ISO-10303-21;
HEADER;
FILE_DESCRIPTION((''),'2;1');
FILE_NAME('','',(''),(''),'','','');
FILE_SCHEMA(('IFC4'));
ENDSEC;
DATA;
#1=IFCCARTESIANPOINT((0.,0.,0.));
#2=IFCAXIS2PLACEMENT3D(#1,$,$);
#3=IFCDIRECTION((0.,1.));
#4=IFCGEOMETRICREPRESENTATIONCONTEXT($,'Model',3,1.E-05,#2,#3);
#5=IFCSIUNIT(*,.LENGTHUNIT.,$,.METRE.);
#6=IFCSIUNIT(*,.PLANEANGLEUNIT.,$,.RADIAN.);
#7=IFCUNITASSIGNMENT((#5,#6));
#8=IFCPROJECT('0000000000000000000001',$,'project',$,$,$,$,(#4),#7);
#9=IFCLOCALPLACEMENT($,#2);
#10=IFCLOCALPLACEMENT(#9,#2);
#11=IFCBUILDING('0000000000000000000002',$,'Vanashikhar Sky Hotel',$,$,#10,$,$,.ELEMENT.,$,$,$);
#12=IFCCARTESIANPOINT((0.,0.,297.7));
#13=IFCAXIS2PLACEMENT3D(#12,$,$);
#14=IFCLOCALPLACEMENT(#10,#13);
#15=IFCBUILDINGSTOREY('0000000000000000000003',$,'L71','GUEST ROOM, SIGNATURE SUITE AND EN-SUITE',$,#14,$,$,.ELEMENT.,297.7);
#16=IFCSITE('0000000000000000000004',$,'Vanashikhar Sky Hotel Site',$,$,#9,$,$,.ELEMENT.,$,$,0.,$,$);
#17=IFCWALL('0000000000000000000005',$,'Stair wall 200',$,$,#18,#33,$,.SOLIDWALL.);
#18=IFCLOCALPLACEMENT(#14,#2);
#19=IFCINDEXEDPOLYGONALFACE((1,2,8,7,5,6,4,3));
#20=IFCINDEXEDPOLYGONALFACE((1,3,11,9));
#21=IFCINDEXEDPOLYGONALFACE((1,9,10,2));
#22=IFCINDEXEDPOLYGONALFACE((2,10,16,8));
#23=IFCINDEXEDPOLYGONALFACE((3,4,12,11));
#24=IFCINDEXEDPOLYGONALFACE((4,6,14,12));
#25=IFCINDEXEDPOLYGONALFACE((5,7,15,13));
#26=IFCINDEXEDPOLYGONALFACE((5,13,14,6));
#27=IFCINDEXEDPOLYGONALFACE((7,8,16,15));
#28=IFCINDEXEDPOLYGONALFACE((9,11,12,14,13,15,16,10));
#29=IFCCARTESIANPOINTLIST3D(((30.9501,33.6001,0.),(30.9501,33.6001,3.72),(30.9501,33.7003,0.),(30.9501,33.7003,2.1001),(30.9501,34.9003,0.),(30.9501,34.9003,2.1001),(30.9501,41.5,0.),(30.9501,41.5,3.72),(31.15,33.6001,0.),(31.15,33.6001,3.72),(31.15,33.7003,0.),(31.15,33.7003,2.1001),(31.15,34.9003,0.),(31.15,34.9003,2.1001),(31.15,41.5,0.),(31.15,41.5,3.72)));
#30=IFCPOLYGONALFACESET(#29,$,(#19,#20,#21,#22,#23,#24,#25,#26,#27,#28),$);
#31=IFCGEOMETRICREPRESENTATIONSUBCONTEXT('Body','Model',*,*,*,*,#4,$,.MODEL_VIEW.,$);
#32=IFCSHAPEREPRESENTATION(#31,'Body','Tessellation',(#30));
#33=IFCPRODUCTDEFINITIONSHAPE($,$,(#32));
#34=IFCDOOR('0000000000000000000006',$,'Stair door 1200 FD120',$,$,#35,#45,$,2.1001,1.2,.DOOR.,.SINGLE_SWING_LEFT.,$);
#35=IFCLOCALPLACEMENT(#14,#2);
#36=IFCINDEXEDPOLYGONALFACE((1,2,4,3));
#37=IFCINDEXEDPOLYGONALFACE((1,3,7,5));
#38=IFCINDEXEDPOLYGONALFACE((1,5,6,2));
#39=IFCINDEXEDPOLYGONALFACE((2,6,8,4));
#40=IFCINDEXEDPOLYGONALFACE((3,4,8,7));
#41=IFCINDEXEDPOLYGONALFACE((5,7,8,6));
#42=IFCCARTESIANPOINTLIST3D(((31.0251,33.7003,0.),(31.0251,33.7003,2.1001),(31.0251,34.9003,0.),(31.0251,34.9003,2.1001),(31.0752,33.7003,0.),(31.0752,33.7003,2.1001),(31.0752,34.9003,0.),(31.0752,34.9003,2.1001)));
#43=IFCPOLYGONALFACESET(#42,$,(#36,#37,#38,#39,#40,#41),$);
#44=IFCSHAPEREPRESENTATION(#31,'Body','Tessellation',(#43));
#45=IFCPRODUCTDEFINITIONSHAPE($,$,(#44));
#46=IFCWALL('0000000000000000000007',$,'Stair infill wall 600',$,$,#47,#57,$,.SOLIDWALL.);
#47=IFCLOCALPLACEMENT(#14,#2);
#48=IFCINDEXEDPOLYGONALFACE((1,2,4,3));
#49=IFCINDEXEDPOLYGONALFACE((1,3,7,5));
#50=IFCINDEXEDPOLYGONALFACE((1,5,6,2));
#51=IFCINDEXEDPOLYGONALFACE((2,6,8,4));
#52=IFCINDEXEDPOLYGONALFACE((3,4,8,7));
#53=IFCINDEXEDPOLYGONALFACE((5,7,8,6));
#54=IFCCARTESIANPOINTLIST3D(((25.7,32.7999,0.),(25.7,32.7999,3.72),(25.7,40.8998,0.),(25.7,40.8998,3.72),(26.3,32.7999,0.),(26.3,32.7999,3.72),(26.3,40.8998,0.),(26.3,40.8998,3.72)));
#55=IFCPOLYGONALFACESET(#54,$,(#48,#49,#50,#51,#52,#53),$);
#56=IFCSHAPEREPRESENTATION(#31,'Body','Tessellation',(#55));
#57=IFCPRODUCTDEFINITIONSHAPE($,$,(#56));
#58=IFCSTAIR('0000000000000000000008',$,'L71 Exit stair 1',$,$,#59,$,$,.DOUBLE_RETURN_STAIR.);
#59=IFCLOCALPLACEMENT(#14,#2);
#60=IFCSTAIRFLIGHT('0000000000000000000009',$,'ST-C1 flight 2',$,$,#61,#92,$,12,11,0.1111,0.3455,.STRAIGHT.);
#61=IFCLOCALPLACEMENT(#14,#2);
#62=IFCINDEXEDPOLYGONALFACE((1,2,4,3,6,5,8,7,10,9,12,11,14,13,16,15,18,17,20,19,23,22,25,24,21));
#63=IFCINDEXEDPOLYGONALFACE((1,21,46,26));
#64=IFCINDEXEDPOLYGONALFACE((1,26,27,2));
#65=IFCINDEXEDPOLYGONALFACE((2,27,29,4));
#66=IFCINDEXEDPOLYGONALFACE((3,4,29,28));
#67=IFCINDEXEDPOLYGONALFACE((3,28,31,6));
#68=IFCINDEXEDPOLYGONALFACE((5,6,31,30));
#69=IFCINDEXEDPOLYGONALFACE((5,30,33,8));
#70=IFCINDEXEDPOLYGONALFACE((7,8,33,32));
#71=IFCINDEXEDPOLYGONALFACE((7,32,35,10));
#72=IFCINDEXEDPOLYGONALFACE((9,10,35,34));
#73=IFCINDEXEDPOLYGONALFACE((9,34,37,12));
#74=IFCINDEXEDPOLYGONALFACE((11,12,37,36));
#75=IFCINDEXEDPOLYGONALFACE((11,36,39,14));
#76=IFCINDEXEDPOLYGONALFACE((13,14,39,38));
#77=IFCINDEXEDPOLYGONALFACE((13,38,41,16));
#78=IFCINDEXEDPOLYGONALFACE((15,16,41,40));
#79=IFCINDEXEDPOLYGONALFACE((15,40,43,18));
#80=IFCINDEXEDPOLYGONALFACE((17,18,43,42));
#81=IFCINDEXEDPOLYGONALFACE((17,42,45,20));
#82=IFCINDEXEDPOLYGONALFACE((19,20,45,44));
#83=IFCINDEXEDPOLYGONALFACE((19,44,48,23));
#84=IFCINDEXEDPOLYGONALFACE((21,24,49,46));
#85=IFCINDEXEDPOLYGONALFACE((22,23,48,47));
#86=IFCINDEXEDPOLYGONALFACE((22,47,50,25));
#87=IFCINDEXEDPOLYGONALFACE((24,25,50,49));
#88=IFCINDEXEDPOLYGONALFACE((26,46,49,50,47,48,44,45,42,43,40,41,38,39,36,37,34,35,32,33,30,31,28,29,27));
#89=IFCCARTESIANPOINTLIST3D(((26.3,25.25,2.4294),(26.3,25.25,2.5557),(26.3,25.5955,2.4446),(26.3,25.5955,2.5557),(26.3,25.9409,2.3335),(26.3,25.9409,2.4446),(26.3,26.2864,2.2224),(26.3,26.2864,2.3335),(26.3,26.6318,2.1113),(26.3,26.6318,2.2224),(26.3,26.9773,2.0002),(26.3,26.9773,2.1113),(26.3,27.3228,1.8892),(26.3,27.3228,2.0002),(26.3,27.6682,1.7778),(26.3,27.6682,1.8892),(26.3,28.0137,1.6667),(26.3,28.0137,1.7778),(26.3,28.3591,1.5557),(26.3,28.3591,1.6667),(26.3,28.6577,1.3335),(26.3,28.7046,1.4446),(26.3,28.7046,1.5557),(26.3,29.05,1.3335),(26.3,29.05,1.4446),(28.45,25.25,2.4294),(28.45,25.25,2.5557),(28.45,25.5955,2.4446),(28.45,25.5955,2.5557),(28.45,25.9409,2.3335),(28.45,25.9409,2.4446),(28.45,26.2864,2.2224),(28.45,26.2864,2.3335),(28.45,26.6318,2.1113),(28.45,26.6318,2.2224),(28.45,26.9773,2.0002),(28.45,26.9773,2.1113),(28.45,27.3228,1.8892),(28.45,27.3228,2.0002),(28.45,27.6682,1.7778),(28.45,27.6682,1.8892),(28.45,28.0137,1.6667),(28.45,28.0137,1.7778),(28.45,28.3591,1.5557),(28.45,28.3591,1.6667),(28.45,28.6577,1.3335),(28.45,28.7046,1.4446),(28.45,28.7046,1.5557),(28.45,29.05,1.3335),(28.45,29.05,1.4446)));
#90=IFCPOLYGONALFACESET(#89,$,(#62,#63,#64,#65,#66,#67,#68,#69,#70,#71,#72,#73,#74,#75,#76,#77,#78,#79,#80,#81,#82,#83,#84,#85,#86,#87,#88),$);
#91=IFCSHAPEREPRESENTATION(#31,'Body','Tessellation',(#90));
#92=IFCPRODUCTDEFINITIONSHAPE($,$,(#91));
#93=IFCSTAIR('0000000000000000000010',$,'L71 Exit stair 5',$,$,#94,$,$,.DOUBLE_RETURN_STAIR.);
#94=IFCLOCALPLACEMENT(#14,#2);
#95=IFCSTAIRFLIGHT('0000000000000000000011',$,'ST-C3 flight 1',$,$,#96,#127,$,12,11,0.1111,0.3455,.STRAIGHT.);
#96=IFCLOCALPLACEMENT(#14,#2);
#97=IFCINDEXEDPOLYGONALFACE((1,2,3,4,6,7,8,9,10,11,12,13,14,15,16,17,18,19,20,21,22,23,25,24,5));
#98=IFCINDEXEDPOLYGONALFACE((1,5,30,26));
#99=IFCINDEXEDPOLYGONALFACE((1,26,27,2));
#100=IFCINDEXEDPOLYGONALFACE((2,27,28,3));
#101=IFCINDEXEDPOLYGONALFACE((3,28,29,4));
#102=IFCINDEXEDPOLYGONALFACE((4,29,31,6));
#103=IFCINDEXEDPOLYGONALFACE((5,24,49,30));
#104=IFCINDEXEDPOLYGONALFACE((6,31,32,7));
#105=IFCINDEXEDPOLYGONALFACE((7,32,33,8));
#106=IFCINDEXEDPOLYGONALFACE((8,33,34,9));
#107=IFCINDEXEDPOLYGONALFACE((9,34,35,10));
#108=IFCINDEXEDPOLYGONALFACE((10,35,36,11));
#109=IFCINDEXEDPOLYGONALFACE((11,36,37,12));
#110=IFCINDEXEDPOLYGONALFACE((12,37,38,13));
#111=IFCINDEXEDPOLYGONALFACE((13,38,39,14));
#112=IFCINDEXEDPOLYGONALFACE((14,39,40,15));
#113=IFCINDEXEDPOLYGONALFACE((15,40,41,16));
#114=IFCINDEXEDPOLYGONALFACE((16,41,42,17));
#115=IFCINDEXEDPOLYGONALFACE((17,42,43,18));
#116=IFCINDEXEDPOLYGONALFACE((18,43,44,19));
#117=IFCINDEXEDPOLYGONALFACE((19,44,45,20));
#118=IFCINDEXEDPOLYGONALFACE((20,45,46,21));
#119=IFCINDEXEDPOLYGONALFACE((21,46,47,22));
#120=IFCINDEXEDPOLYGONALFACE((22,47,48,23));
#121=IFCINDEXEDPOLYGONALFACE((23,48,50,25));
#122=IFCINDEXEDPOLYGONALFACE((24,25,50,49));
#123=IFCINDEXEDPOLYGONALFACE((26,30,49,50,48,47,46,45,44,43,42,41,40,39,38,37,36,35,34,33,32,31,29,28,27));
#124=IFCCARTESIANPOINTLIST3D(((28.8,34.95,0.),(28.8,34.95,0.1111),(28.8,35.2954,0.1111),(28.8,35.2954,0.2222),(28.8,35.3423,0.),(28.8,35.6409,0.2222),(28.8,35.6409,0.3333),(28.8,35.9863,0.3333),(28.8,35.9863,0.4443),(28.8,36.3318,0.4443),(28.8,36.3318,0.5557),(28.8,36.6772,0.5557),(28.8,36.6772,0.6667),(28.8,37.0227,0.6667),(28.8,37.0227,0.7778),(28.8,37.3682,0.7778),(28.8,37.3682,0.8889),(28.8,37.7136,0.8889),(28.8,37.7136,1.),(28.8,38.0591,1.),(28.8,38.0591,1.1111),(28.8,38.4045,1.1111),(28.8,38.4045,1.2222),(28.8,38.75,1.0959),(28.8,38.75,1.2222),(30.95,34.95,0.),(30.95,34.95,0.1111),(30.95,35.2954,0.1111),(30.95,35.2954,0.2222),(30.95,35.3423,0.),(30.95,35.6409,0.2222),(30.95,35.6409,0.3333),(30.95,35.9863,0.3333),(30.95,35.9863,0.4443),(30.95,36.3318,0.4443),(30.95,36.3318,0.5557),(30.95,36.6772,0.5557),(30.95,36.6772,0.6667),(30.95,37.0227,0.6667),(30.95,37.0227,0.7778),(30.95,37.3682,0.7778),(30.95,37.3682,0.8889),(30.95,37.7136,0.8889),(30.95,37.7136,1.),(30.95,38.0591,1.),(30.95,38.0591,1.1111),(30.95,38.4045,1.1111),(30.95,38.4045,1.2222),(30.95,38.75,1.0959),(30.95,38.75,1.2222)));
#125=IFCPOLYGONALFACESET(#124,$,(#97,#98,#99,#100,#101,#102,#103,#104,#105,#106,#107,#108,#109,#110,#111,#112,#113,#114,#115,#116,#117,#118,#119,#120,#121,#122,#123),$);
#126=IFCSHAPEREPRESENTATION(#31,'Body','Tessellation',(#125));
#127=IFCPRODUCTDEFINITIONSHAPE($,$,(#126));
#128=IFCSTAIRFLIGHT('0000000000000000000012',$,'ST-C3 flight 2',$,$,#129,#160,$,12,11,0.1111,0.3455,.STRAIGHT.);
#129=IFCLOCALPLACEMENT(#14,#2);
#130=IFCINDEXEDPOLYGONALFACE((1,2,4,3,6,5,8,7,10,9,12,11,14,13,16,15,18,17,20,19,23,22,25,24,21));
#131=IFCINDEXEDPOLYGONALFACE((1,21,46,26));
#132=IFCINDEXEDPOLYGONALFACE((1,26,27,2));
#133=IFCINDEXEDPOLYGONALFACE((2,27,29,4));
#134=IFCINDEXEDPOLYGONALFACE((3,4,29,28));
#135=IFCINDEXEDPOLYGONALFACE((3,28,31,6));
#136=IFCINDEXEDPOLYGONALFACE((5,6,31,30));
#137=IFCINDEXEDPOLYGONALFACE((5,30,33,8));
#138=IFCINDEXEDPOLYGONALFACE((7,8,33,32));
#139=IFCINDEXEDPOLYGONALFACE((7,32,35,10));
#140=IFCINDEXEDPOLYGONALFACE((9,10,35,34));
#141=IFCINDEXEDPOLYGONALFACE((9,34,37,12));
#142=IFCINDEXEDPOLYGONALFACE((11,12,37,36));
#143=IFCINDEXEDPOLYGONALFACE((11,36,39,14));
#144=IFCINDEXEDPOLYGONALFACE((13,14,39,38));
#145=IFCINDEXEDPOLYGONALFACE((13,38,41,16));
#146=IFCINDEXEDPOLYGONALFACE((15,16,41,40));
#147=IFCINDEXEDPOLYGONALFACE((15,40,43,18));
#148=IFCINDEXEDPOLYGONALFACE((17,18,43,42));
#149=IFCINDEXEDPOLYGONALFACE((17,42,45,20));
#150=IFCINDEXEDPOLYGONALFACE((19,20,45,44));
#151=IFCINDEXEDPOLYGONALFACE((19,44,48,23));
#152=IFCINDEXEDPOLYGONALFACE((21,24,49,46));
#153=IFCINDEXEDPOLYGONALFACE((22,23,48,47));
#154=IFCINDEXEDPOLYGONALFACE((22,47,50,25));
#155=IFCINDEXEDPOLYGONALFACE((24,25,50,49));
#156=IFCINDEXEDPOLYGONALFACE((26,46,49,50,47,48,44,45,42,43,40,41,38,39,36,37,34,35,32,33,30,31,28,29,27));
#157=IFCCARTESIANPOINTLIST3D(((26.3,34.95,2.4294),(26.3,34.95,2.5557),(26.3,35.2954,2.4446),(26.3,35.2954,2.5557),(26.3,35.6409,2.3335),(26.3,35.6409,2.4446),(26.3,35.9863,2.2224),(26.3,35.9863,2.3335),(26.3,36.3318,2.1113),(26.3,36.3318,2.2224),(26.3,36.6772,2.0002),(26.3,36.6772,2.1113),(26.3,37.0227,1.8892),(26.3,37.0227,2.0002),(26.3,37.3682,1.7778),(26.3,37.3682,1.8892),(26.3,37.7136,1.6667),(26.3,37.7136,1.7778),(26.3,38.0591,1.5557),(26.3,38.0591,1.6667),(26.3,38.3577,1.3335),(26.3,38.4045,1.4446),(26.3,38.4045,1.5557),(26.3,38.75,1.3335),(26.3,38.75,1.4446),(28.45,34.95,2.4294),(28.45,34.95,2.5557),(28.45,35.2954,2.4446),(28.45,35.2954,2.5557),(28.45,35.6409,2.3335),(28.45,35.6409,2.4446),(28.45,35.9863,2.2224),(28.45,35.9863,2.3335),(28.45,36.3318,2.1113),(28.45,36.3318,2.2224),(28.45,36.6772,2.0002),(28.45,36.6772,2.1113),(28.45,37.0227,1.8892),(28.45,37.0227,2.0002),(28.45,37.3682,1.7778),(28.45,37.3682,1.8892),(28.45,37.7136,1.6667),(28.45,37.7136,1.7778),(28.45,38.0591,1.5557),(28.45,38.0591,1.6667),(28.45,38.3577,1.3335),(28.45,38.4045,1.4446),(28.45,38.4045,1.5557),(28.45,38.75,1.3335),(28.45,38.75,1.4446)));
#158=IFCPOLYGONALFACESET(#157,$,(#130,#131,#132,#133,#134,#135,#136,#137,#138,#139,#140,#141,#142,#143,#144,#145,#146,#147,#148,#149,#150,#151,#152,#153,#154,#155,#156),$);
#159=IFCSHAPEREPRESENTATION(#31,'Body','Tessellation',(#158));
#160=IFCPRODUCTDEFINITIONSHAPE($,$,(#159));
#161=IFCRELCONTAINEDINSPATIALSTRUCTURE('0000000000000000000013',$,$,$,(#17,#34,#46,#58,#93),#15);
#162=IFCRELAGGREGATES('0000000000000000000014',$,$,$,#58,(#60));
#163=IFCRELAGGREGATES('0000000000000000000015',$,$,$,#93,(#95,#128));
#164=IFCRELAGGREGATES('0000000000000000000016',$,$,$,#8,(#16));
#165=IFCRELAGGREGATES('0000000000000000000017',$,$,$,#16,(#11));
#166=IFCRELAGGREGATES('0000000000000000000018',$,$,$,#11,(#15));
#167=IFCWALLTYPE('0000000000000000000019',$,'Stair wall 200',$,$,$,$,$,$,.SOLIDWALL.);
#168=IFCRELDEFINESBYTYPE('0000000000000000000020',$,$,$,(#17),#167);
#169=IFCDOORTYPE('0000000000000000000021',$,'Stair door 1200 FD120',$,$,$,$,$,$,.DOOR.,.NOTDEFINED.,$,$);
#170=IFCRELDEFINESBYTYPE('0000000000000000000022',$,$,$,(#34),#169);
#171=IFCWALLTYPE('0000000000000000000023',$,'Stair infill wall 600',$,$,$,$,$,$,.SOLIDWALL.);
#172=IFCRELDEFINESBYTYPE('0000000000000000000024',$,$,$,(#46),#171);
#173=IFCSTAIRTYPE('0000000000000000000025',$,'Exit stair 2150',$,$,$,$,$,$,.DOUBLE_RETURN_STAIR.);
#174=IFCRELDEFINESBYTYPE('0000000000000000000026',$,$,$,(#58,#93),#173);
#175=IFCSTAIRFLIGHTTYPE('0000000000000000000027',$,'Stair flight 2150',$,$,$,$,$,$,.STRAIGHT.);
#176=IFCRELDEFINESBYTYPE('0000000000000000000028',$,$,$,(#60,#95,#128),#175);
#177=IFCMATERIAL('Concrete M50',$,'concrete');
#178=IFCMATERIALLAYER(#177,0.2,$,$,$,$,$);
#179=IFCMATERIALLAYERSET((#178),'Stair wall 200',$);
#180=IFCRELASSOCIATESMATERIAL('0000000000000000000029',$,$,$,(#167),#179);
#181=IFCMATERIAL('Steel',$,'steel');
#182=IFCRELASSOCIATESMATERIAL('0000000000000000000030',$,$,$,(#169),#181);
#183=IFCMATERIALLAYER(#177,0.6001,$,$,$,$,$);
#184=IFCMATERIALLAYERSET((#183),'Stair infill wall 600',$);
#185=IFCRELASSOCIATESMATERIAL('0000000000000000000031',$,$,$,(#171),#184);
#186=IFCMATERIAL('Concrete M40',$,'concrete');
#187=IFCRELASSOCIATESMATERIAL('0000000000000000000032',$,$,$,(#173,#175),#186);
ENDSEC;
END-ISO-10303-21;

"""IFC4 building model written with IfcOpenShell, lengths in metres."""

from ifc_helpers import new_model, si_unit, direction, frame, frame_2d, origin, place, context, subcontext, project, spatial, polyline, rectangle, outline, extrude, source, transform, mapped, material, layer, layer_set, type_object, element, fill, aggregate, save


model = new_model("IFC4")

# Units and contexts
model_context = context("Model", 3, precision=1e-05, world=origin(), true_north=direction((0.0, 1.0)))
body_context = subcontext(model_context, "Body", "Model", "MODEL_VIEW")
ifc_project = project(units=[si_unit("LENGTHUNIT", "METRE"), si_unit("PLANEANGLEUNIT", "RADIAN")], contexts=[model_context])

# Site, building, storey
site_placement = place(None, origin())
site = spatial("IfcSite", under=ifc_project, at=site_placement, Name="Vanashikhar Sky Hotel Site", CompositionType="ELEMENT", RefElevation=0.0)
building_placement = place(site_placement, origin())
building = spatial("IfcBuilding", under=site, at=building_placement, Name="Vanashikhar Sky Hotel", CompositionType="ELEMENT")
storey_placement = place(building_placement, frame((0.0, 0.0, 297.7)))
storey = spatial("IfcBuildingStorey", under=building, at=storey_placement, Name="L71", Description="GUEST ROOM, SIGNATURE SUITE AND EN-SUITE", CompositionType="ELEMENT", Elevation=297.7)

# Shared definitions
ifc_material_1 = material(Name="Concrete M50", Category="concrete")
ifc_material_2 = material(Name="Steel", Category="steel")

# Shared definitions
ifc_material_3 = material(Name="Concrete M40", Category="concrete")

# Wall, opening, door
ifc_layer_1 = layer(ifc_material_1, 0.2)
ifc_layer_set_1 = layer_set([ifc_layer_1], Name="Stair wall 200")
wall_type_1 = type_object("IfcWallType", Name="Stair wall 200", PredefinedType="SOLIDWALL", material=ifc_layer_set_1)
shared_shape_1 = source(origin(), body_context, "Body", "SweptSolid", [
    extrude(rectangle(XDim=7.8999, YDim=0.2, at=frame_2d((3.95, 0.0))), origin(), (0.0, 0.0, 1.0), 3.72),
])
wall_1_placement = place(storey_placement, frame((31.05, 33.6001, 0.0), z_axis=(0.0, 0.0, 1.0), x_axis=(0.0, 1.0, 0.0)))
wall_1 = element("IfcWall", 1, at=wall_1_placement, inside=storey, type_object=wall_type_1, Name="Stair wall 200", PredefinedType="SOLIDWALL", context=body_context, shape_type="MappedRepresentation", body=[
    mapped(shared_shape_1, transform((0.0, 0.0, 0.0), scale=1.0)),
])
shared_shape_2 = source(origin(), body_context, "Body", "SweptSolid", [
    extrude(rectangle(XDim=1.2, YDim=2.1001, at=frame_2d((0.6001, 1.05))), frame((0.0, 0.1099, 0.0), z_axis=(0.0, -1.0, 0.0), x_axis=(1.0, 0.0, 0.0)), (0.0, 0.0, 1.0), 0.22),
])
opening_1_placement = place(wall_1_placement, frame((0.1001, 0.0, 0.0)))
opening_1 = element("IfcOpeningElement", 2, at=opening_1_placement, cuts=wall_1, PredefinedType="OPENING", context=body_context, shape_type="MappedRepresentation", body=[
    mapped(shared_shape_2, transform((0.0, 0.0, 0.0), scale=1.0)),
])
door_type_1 = type_object("IfcDoorType", Name="Stair door 1200 FD120", OperationType="NOTDEFINED", PredefinedType="DOOR", material=ifc_material_2)
shared_shape_3 = source(origin(), body_context, "Body", "SweptSolid", [
    extrude(rectangle(XDim=1.2, YDim=2.1001, at=frame_2d((0.6001, 1.05))), frame((0.0, 0.0249, 0.0), z_axis=(0.0, -1.0, 0.0), x_axis=(1.0, 0.0, 0.0)), (0.0, 0.0, 1.0), 0.05),
])
door_1_placement = place(opening_1_placement, origin())
door_1 = element("IfcDoor", 3, at=door_1_placement, inside=storey, type_object=door_type_1, Name="Stair door 1200 FD120", OperationType="SINGLE_SWING_LEFT", OverallHeight=2.1001, OverallWidth=1.2, PredefinedType="DOOR", context=body_context, shape_type="MappedRepresentation", body=[
    mapped(shared_shape_3, transform((0.0, 0.0, 0.0), scale=1.0)),
])
fill(opening_1, door_1)

# Wall
ifc_layer_2 = layer(ifc_material_1, 0.6001)
ifc_layer_set_2 = layer_set([ifc_layer_2], Name="Stair infill wall 600")
wall_type_2 = type_object("IfcWallType", Name="Stair infill wall 600", PredefinedType="SOLIDWALL", material=ifc_layer_set_2)
shared_shape_4 = source(origin(), body_context, "Body", "SweptSolid", [
    extrude(rectangle(XDim=8.0999, YDim=0.6001, at=frame_2d((4.0498, 0.0))), origin(), (0.0, 0.0, 1.0), 3.72),
])
wall_2_placement = place(storey_placement, frame((26.0, 32.8, 0.0), z_axis=(0.0, 0.0, 1.0), x_axis=(0.0, 1.0, 0.0)))
element("IfcWall", 4, at=wall_2_placement, inside=storey, type_object=wall_type_2, Name="Stair infill wall 600", PredefinedType="SOLIDWALL", context=body_context, shape_type="MappedRepresentation", body=[
    mapped(shared_shape_4, transform((0.0, 0.0, 0.0), scale=1.0)),
])

# Stair, stair flight
stair_type = type_object("IfcStairType", Name="Exit stair 2150", PredefinedType="DOUBLE_RETURN_STAIR", material=ifc_material_3)
stair_1_placement = place(storey_placement, origin())
stair_1 = element("IfcStair", 5, at=stair_1_placement, inside=storey, type_object=stair_type, Name="L71 Exit stair 1", PredefinedType="DOUBLE_RETURN_STAIR")
stair_flight_type = type_object("IfcStairFlightType", Name="Stair flight 2150", PredefinedType="STRAIGHT", material=ifc_material_3)
shared_shape_5 = source(origin(), body_context, "Body", "SweptSolid", [
    extrude(outline(polyline([(0.0, 0.0), (0.0, 0.1111), (0.3455, 0.1111), (0.3455, 0.2222), (0.6909, 0.2222), (0.6909, 0.3333), (1.0364, 0.3333), (1.0364, 0.4443), (1.3818, 0.4443), (1.3818, 0.5557), (1.7273, 0.5557), (1.7273, 0.6667), (2.0728, 0.6667), (2.0728, 0.7778), (2.4182, 0.7778), (2.4182, 0.8889), (2.7637, 0.8889), (2.7637, 1.0), (3.1091, 1.0), (3.1091, 1.1111), (3.4546, 1.1111), (3.4546, 1.2222), (3.8, 1.2222), (3.8, 1.3333), (3.8, 1.0959), (0.3923, 0.0), (0.0, 0.0)])), frame((0.0, 1.075, 0.0), z_axis=(0.0, -1.0, 0.0), x_axis=(1.0, 0.0, 0.0)), (0.0, 0.0, 1.0), 2.1499),
])
stair_flight_1_placement = place(storey_placement, frame((27.375, 29.05, 1.3335), z_axis=(0.0, 0.0, 1.0), x_axis=(0.0, -1.0, 0.0)))
stair_flight_1 = element("IfcStairFlight", 6, at=stair_flight_1_placement, type_object=stair_flight_type, Name="ST-C1 flight 2", NumberOfRisers=12, NumberOfTreads=11, PredefinedType="STRAIGHT", RiserHeight=0.1111, TreadLength=0.3455, context=body_context, shape_type="MappedRepresentation", body=[
    mapped(shared_shape_5, transform((0.0, 0.0, 0.0), scale=1.0)),
])
aggregate(stair_1, [stair_flight_1])

# Stair, stair flights
stair_2_placement = place(storey_placement, origin())
stair_2 = element("IfcStair", 7, at=stair_2_placement, inside=storey, type_object=stair_type, Name="L71 Exit stair 5", PredefinedType="DOUBLE_RETURN_STAIR")
stair_flight_2_placement = place(storey_placement, frame((29.875, 34.95, 0.0), z_axis=(0.0, 0.0, 1.0), x_axis=(0.0, 1.0, 0.0)))
stair_flight_2 = element("IfcStairFlight", 8, at=stair_flight_2_placement, type_object=stair_flight_type, Name="ST-C3 flight 1", NumberOfRisers=12, NumberOfTreads=11, PredefinedType="STRAIGHT", RiserHeight=0.1111, TreadLength=0.3455, context=body_context, shape_type="MappedRepresentation", body=[
    mapped(shared_shape_5, transform((0.0, 0.0, 0.0), scale=1.0)),
])
stair_flight_3_placement = place(storey_placement, frame((27.375, 38.75, 1.3335), z_axis=(0.0, 0.0, 1.0), x_axis=(0.0, -1.0, 0.0)))
stair_flight_3 = element("IfcStairFlight", 9, at=stair_flight_3_placement, type_object=stair_flight_type, Name="ST-C3 flight 2", NumberOfRisers=12, NumberOfTreads=11, PredefinedType="STRAIGHT", RiserHeight=0.1111, TreadLength=0.3455, context=body_context, shape_type="MappedRepresentation", body=[
    mapped(shared_shape_5, transform((0.0, 0.0, 0.0), scale=1.0)),
])
aggregate(stair_2, [stair_flight_2, stair_flight_3])

save(model, "model.ifc")
